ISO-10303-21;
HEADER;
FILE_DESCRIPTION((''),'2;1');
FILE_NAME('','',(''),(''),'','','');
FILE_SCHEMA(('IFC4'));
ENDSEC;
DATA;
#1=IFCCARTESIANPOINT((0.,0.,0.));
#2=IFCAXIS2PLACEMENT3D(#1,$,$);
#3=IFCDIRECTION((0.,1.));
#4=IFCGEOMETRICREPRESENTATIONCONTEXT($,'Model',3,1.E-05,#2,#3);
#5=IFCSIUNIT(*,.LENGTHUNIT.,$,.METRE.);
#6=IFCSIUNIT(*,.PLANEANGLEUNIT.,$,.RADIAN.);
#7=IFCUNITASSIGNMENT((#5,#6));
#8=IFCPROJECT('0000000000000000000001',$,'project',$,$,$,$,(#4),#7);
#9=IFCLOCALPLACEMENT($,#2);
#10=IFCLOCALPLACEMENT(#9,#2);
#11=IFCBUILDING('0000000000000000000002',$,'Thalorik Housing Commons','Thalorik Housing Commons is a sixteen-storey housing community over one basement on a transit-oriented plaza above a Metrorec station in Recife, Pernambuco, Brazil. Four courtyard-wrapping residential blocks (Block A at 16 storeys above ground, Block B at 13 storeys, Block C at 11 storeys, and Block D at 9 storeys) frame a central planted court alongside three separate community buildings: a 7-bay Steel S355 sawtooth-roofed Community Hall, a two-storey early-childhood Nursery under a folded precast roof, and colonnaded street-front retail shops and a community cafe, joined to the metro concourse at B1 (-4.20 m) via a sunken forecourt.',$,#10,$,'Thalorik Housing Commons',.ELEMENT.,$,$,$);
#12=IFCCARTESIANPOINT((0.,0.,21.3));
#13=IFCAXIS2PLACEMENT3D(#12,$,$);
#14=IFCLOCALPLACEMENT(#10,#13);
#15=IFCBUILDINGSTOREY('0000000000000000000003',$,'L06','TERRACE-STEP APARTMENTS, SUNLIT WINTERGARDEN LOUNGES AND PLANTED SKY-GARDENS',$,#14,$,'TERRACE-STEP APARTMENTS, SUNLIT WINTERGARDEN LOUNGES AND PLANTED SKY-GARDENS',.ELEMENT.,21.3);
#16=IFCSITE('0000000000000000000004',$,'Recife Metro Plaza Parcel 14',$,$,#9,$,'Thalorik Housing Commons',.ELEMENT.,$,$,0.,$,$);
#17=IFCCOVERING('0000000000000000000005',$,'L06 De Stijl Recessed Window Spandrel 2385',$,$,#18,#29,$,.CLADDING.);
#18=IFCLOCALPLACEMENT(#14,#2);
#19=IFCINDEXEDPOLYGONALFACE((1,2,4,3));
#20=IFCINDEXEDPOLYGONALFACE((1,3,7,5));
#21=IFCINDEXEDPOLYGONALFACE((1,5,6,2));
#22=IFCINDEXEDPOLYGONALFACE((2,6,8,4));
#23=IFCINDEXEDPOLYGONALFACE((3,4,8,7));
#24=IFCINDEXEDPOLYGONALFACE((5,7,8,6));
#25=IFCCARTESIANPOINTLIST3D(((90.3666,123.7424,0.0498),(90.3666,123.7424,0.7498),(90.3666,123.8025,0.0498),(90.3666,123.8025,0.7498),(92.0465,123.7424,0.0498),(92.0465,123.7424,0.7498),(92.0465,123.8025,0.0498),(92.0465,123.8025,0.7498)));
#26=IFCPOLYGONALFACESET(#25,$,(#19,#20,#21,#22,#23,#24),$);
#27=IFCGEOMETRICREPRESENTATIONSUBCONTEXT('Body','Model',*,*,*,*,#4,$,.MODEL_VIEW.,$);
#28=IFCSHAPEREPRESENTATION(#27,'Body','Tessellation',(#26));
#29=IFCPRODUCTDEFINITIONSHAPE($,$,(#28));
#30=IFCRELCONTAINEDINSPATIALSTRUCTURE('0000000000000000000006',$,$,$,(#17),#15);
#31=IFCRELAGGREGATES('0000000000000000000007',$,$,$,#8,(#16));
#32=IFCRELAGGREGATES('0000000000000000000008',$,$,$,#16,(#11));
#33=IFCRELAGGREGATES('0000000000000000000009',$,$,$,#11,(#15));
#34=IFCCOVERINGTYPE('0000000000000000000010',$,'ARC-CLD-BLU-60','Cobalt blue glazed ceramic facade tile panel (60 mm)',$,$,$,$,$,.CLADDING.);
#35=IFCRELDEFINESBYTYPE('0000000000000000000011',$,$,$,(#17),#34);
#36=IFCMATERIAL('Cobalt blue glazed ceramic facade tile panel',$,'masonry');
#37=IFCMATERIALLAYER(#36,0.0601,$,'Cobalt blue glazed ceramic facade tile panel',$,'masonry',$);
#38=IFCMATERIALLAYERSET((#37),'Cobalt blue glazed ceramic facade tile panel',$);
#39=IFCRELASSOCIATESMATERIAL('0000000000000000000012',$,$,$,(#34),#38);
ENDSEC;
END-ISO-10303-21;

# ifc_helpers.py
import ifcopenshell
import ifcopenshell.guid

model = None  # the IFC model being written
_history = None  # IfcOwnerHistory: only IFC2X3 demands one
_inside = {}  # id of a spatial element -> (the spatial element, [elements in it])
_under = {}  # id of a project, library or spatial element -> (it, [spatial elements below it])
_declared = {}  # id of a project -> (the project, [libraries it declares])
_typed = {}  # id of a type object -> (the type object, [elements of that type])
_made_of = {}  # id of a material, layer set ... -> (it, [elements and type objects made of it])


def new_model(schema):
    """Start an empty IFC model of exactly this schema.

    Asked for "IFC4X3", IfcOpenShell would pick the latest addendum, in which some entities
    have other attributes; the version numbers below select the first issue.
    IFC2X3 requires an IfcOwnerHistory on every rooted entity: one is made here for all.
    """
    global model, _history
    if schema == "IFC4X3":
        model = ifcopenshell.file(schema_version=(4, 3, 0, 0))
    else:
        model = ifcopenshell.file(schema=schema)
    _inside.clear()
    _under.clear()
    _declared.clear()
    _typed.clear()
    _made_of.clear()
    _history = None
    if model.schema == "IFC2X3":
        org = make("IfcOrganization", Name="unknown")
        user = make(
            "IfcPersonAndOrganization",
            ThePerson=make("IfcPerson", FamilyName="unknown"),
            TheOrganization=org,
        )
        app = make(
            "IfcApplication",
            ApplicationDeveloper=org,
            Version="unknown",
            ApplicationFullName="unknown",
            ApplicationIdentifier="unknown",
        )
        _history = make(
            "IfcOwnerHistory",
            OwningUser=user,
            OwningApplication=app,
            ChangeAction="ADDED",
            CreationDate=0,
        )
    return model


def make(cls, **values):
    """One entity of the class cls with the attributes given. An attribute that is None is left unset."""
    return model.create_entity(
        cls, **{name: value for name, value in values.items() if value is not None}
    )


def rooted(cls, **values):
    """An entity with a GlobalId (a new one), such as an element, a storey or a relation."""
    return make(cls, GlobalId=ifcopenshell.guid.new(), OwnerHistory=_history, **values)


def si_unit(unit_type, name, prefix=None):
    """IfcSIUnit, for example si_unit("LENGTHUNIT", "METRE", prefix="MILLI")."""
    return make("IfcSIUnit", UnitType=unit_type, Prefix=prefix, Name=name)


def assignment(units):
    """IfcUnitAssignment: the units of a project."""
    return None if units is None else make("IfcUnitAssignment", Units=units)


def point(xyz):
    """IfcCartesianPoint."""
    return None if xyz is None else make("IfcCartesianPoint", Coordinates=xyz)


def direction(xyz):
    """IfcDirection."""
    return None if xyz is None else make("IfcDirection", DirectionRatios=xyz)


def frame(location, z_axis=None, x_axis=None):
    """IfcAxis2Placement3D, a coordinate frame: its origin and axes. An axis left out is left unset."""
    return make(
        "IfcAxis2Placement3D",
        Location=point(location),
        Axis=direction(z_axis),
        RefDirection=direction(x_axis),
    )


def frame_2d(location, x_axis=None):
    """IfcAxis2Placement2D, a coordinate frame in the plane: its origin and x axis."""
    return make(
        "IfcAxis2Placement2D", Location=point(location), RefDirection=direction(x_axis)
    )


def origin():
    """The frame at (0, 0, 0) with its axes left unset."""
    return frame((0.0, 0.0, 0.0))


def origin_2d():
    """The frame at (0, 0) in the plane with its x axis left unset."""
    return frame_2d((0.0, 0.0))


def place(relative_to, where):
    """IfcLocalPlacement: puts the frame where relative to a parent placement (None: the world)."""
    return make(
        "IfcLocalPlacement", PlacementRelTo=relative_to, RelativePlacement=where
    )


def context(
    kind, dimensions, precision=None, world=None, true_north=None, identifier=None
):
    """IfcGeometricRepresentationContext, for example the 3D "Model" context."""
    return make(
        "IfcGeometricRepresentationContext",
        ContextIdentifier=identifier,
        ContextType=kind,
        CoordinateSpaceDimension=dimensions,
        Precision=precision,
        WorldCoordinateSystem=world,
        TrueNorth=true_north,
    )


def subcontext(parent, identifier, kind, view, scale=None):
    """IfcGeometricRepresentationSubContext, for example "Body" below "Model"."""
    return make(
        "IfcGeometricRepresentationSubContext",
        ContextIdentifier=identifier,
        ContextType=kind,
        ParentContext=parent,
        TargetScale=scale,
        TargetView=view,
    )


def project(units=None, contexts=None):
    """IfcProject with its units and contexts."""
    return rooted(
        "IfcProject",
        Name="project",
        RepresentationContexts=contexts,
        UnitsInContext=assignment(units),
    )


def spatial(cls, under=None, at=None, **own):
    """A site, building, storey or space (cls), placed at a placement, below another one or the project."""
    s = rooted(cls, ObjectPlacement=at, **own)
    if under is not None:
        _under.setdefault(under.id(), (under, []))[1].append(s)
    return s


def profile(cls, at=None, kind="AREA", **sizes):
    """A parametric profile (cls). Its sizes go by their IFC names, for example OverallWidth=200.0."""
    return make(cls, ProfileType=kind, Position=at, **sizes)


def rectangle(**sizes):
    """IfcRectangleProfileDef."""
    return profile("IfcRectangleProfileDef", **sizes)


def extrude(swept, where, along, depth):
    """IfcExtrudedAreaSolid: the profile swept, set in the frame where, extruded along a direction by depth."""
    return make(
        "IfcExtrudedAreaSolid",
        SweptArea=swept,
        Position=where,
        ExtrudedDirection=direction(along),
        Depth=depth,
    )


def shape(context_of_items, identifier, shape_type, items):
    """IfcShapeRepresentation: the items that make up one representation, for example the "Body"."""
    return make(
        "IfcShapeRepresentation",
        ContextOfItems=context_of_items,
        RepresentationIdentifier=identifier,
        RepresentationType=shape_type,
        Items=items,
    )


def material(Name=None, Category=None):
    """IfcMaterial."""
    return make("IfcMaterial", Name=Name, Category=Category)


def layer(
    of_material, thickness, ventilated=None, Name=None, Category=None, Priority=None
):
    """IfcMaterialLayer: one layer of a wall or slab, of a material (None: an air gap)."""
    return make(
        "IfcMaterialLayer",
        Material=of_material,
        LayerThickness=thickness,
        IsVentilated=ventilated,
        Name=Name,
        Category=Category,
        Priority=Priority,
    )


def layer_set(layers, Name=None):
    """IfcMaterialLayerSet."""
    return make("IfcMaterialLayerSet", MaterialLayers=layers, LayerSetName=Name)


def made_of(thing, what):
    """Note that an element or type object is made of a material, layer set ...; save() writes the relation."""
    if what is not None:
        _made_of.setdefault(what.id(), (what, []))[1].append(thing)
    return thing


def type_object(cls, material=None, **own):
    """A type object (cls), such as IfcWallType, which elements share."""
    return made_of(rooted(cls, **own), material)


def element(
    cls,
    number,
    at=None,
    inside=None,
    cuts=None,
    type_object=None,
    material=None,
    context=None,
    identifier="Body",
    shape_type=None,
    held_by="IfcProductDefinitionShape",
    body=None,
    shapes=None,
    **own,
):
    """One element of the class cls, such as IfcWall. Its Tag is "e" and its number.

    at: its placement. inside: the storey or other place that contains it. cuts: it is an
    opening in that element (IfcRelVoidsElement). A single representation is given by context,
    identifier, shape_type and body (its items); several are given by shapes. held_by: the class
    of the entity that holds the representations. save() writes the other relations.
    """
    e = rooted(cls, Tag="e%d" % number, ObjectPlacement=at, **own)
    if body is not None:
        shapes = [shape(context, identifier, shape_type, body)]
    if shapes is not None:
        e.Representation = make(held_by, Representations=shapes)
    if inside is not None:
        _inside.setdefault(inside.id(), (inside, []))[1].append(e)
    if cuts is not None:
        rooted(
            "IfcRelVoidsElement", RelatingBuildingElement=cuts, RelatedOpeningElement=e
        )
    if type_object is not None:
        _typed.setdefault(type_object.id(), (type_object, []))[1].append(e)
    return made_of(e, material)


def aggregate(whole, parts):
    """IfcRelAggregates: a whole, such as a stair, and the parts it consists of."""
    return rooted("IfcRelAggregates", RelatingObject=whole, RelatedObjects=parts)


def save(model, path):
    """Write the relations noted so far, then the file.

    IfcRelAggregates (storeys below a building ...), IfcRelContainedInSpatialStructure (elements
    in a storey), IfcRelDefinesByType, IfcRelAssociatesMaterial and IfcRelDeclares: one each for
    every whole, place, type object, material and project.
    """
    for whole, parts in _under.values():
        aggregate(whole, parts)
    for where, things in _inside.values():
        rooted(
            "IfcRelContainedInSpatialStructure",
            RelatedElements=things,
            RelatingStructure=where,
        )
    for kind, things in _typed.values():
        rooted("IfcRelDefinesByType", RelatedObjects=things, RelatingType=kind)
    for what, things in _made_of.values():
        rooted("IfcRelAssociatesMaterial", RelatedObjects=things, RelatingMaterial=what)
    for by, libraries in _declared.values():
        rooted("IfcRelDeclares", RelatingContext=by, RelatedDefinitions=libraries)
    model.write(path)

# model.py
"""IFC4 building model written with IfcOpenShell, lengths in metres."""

from ifc_helpers import new_model, si_unit, direction, frame, origin, origin_2d, place, context, subcontext, project, spatial, rectangle, extrude, material, layer, layer_set, type_object, element, save


model = new_model("IFC4")

# Units and contexts
model_context = context("Model", 3, precision=1e-05, world=origin(), true_north=direction((0.0, 1.0)))
body_context = subcontext(model_context, "Body", "Model", "MODEL_VIEW")
ifc_project = project(units=[si_unit("LENGTHUNIT", "METRE"), si_unit("PLANEANGLEUNIT", "RADIAN")], contexts=[model_context])

# Site, building, storey
site_placement = place(None, origin())
site = spatial("IfcSite", under=ifc_project, at=site_placement, Name="Recife Metro Plaza Parcel 14", LongName="Thalorik Housing Commons", CompositionType="ELEMENT", RefElevation=0.0)
building_placement = place(site_placement, origin())
building = spatial("IfcBuilding", under=site, at=building_placement, Name="Thalorik Housing Commons", Description="Thalorik Housing Commons is a sixteen-storey housing community over one basement on a transit-oriented plaza above a Metrorec station in Recife, Pernambuco, Brazil. Four courtyard-wrapping residential blocks (Block A at 16 storeys above ground, Block B at 13 storeys, Block C at 11 storeys, and Block D at 9 storeys) frame a central planted court alongside three separate community buildings: a 7-bay Steel S355 sawtooth-roofed Community Hall, a two-storey early-childhood Nursery under a folded precast roof, and colonnaded street-front retail shops and a community cafe, joined to the metro concourse at B1 (-4.20 m) via a sunken forecourt.", LongName="Thalorik Housing Commons", CompositionType="ELEMENT")
storey_placement = place(building_placement, frame((0.0, 0.0, 21.3)))
storey = spatial("IfcBuildingStorey", under=building, at=storey_placement, Name="L06", Description="TERRACE-STEP APARTMENTS, SUNLIT WINTERGARDEN LOUNGES AND PLANTED SKY-GARDENS", LongName="TERRACE-STEP APARTMENTS, SUNLIT WINTERGARDEN LOUNGES AND PLANTED SKY-GARDENS", CompositionType="ELEMENT", Elevation=21.3)

# Covering
ifc_material_1 = material(Name="Cobalt blue glazed ceramic facade tile panel", Category="masonry")
ifc_layer_1 = layer(ifc_material_1, 0.0601, Name="Cobalt blue glazed ceramic facade tile panel", Category="masonry")
ifc_layer_set_1 = layer_set([ifc_layer_1], Name="Cobalt blue glazed ceramic facade tile panel")
covering_type_1 = type_object("IfcCoveringType", Name="ARC-CLD-BLU-60", Description="Cobalt blue glazed ceramic facade tile panel (60 mm)", PredefinedType="CLADDING", material=ifc_layer_set_1)
covering_1_placement = place(storey_placement, frame((91.2065, 123.7725, 0.0498), z_axis=(0.0, 0.0, 1.0), x_axis=(-1.0, 0.0, 0.0)))
element("IfcCovering", 1, at=covering_1_placement, inside=storey, type_object=covering_type_1, Name="L06 De Stijl Recessed Window Spandrel 2385", PredefinedType="CLADDING", context=body_context, shape_type="SweptSolid", body=[
    extrude(rectangle(XDim=1.6799, YDim=0.0601, at=origin_2d()), origin(), (0.0, 0.0, 1.0), 0.7),
])

save(model, "model.ifc")
